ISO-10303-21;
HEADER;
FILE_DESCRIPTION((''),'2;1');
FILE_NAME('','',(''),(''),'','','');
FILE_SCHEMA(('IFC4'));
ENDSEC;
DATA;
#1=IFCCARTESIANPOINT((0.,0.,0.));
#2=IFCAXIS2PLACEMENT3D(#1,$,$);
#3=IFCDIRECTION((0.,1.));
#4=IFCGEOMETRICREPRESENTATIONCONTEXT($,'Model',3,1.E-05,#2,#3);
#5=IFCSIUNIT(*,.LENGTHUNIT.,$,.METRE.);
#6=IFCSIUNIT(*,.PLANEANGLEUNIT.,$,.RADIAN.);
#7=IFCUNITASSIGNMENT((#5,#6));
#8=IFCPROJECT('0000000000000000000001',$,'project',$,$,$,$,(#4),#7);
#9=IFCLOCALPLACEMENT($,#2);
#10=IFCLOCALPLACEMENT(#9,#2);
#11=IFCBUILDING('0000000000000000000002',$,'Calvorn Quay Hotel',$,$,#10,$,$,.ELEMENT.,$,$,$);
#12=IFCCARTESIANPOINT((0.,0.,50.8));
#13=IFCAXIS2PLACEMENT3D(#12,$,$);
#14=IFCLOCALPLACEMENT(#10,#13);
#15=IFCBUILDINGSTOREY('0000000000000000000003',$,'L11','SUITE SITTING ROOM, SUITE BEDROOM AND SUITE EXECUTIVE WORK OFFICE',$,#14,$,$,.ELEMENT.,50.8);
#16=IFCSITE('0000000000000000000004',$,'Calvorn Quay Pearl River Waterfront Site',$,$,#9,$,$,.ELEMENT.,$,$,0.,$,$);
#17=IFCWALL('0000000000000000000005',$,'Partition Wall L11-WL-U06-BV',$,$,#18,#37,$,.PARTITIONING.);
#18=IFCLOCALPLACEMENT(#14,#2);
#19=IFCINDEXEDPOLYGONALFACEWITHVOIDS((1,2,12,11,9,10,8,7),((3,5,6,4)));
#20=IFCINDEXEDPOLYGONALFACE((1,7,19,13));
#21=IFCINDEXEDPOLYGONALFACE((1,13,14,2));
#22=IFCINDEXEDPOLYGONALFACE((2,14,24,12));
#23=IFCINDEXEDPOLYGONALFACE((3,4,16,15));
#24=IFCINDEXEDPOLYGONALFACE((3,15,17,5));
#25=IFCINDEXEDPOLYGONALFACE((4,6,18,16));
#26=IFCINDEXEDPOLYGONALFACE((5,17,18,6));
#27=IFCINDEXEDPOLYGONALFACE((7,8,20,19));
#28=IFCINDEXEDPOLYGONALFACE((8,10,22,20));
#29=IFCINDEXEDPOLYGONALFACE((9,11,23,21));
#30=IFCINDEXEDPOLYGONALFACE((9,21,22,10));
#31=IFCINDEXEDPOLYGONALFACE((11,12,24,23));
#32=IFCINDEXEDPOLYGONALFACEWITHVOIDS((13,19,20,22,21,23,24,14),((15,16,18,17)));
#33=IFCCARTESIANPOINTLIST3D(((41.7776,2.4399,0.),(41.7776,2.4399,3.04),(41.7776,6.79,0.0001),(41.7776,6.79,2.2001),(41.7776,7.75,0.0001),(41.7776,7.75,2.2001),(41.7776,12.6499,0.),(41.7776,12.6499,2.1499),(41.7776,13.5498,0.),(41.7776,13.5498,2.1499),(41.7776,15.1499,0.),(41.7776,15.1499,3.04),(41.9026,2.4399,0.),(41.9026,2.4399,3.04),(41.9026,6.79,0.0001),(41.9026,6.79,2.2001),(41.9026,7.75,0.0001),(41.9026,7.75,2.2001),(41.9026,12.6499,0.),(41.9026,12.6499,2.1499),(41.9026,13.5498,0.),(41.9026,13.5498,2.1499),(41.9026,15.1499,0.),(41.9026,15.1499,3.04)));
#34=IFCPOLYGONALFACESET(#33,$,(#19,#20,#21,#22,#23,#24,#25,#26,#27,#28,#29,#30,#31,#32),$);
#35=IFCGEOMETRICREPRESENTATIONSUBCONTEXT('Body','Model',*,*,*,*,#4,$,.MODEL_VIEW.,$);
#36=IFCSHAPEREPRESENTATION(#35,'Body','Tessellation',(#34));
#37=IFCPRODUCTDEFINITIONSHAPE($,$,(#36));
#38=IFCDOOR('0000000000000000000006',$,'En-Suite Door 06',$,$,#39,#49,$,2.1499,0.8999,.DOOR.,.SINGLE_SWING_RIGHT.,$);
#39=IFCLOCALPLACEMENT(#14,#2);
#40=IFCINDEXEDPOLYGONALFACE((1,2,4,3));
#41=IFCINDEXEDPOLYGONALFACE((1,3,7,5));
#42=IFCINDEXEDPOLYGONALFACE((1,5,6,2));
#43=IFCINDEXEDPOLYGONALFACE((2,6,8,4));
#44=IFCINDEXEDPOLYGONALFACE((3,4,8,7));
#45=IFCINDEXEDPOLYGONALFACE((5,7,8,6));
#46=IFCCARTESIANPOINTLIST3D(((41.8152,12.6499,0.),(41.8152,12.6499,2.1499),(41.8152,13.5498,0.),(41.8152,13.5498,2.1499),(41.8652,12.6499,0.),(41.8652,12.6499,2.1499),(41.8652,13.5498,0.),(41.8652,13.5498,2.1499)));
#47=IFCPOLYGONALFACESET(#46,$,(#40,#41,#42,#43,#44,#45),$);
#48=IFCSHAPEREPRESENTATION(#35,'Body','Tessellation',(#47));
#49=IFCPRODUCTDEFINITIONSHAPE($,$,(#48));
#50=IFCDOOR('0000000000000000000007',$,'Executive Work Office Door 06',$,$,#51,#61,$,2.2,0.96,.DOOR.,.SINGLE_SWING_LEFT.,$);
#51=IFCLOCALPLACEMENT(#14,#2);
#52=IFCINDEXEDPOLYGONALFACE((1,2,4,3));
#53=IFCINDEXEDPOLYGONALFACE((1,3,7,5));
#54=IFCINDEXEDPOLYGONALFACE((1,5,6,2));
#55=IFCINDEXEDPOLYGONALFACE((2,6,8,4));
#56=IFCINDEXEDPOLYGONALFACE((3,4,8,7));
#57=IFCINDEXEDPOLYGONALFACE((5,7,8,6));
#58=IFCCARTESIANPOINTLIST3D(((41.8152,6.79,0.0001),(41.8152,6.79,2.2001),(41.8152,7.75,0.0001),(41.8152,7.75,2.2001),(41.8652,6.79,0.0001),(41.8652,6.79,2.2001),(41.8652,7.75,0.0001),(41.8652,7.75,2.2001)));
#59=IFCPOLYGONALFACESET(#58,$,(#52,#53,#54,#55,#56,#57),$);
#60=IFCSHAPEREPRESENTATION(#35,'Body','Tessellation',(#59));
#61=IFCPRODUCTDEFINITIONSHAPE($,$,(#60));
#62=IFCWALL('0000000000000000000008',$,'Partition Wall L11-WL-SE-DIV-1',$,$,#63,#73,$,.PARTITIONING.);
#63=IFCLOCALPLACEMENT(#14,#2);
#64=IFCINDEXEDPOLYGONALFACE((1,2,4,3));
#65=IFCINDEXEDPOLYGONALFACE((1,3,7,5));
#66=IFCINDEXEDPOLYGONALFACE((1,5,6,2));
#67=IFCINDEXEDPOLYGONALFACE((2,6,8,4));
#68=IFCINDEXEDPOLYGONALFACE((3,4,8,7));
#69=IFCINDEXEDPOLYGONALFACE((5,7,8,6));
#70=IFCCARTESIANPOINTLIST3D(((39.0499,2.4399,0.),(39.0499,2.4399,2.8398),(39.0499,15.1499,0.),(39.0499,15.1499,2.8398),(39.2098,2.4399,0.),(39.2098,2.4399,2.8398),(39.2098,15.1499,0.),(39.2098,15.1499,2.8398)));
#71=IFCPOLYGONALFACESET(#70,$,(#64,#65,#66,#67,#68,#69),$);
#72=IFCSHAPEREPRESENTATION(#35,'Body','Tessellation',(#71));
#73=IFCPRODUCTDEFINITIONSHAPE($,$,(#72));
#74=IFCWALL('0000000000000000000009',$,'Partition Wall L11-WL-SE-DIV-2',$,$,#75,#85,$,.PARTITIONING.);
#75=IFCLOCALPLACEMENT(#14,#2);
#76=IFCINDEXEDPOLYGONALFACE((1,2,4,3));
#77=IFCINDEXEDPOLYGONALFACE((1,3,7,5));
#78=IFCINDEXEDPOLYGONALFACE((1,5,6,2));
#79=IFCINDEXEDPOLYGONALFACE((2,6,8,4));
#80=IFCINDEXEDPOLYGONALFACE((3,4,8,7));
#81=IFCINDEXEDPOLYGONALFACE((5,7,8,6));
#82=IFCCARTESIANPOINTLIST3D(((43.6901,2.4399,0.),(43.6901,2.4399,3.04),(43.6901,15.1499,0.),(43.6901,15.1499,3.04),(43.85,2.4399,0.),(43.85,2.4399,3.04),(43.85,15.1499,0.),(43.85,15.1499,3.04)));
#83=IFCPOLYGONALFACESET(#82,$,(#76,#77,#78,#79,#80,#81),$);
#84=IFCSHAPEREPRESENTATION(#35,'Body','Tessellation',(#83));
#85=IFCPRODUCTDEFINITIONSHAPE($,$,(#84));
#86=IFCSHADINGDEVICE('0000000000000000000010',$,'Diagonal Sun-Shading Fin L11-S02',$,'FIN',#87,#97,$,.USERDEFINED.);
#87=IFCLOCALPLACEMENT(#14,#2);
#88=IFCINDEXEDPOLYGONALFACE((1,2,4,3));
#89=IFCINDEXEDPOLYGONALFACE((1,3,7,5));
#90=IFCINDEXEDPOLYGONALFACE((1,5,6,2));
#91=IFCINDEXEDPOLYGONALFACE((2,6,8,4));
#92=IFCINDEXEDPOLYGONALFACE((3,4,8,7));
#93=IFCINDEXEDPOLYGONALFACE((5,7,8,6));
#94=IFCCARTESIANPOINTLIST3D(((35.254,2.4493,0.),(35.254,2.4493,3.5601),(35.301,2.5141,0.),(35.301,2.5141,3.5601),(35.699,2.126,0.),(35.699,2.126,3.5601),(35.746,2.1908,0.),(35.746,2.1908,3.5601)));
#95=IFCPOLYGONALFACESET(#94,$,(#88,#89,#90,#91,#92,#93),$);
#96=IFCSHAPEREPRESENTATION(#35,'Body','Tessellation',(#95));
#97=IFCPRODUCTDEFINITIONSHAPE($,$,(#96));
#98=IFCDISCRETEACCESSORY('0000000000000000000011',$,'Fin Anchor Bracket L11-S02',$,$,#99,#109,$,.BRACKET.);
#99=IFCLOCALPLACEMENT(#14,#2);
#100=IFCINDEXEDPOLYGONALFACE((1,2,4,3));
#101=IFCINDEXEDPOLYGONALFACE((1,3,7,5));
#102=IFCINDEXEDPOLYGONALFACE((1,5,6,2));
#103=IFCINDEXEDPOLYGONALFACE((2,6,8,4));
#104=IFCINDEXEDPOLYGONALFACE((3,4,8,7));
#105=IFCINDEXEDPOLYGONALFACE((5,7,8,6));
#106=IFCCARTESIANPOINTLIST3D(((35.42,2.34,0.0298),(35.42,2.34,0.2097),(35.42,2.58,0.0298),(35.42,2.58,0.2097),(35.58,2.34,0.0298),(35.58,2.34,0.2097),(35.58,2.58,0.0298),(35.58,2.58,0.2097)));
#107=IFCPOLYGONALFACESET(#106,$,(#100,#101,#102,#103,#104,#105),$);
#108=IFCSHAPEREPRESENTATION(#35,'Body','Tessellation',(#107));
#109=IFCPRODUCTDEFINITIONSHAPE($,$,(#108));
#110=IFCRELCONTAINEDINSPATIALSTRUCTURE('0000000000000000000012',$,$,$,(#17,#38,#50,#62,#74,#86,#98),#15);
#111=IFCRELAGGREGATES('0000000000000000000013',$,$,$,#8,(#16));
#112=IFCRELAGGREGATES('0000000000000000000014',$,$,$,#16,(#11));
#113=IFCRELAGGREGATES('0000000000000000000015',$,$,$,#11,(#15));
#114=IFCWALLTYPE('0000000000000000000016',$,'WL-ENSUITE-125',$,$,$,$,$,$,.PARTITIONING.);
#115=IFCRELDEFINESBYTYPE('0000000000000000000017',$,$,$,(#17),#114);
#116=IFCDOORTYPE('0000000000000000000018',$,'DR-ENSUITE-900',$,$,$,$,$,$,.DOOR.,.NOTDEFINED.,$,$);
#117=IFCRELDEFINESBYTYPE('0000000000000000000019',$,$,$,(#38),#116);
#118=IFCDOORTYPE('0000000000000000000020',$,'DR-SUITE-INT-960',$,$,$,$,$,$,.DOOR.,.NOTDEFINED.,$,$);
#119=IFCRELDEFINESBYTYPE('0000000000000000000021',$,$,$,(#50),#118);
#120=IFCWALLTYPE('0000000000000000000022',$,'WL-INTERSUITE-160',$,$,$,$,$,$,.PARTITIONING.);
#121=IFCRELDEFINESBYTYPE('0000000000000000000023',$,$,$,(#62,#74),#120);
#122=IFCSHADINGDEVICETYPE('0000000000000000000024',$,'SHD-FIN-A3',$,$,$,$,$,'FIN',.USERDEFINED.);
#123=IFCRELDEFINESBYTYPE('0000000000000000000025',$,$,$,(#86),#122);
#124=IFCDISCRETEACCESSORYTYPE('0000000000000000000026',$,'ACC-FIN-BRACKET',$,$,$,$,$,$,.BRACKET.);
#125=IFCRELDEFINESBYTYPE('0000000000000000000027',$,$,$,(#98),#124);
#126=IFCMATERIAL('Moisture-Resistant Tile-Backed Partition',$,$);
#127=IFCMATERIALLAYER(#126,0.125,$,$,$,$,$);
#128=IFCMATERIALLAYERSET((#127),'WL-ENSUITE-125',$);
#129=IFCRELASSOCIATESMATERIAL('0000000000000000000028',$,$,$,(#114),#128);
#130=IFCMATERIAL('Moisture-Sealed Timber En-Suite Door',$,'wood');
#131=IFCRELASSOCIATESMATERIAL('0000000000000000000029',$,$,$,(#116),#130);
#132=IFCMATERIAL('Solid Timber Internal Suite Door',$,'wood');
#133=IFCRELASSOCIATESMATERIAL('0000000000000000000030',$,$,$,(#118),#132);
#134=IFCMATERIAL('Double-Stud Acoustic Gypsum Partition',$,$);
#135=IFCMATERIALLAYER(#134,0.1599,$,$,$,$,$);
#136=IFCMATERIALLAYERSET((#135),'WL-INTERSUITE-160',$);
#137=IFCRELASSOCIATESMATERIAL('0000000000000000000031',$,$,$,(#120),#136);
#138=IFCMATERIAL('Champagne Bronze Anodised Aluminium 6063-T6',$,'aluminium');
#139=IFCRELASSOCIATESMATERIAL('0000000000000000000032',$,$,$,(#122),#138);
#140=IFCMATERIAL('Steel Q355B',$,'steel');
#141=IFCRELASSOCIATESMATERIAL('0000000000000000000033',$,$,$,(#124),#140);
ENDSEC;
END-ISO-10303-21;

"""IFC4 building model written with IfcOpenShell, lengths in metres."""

from ifc_helpers import new_model, si_unit, direction, frame, frame_2d, origin, origin_2d, place, context, subcontext, project, spatial, rectangle, extrude, material, layer, layer_set, type_object, element, fill, save


model = new_model("IFC4")

# Units and contexts
model_context = context("Model", 3, precision=1e-05, world=origin(), true_north=direction((0.0, 1.0)))
body_context = subcontext(model_context, "Body", "Model", "MODEL_VIEW")
ifc_project = project(units=[si_unit("LENGTHUNIT", "METRE"), si_unit("PLANEANGLEUNIT", "RADIAN")], contexts=[model_context])

# Site, building, storey
site_placement = place(None, origin())
site = spatial("IfcSite", under=ifc_project, at=site_placement, Name="Calvorn Quay Pearl River Waterfront Site", CompositionType="ELEMENT", RefElevation=0.0)
building_placement = place(site_placement, origin())
building = spatial("IfcBuilding", under=site, at=building_placement, Name="Calvorn Quay Hotel", CompositionType="ELEMENT")
storey_placement = place(building_placement, frame((0.0, 0.0, 50.8)))
storey = spatial("IfcBuildingStorey", under=building, at=storey_placement, Name="L11", Description="SUITE SITTING ROOM, SUITE BEDROOM AND SUITE EXECUTIVE WORK OFFICE", CompositionType="ELEMENT", Elevation=50.8)

# Wall, openings, doors
ifc_material_1 = material(Name="Moisture-Resistant Tile-Backed Partition")
ifc_layer_1 = layer(ifc_material_1, 0.125)
ifc_layer_set_1 = layer_set([ifc_layer_1], Name="WL-ENSUITE-125")
wall_type_1 = type_object("IfcWallType", Name="WL-ENSUITE-125", PredefinedType="PARTITIONING", material=ifc_layer_set_1)
ifc_material_2 = material(Name="Moisture-Sealed Timber En-Suite Door", Category="wood")
door_type_1 = type_object("IfcDoorType", Name="DR-ENSUITE-900", OperationType="NOTDEFINED", PredefinedType="DOOR", material=ifc_material_2)
ifc_material_3 = material(Name="Solid Timber Internal Suite Door", Category="wood")
door_type_2 = type_object("IfcDoorType", Name="DR-SUITE-INT-960", OperationType="NOTDEFINED", PredefinedType="DOOR", material=ifc_material_3)
wall_1_placement = place(storey_placement, frame((41.8401, 2.4399, 0.0), z_axis=(0.0, 0.0, 1.0), x_axis=(0.0, 1.0, 0.0)))
wall_1 = element("IfcWall", 1, at=wall_1_placement, inside=storey, type_object=wall_type_1, Name="Partition Wall L11-WL-U06-BV", PredefinedType="PARTITIONING", context=body_context, shape_type="SweptSolid", body=[
    extrude(rectangle(XDim=12.71, YDim=0.125, at=frame_2d((6.355, 0.0))), origin(), (0.0, 0.0, 1.0), 3.04),
])
opening_1_placement = place(wall_1_placement, frame((4.3501, 0.0, 0.0)))
opening_1 = element("IfcOpeningElement", 2, at=opening_1_placement, cuts=wall_1, PredefinedType="OPENING", context=body_context, shape_type="SweptSolid", body=[
    extrude(rectangle(XDim=0.96, YDim=2.2, at=frame_2d((0.48, 1.1001))), frame((0.0, 0.0725, 0.0), z_axis=(0.0, -1.0, 0.0), x_axis=(1.0, 0.0, 0.0)), (0.0, 0.0, 1.0), 0.145),
])
opening_2_placement = place(wall_1_placement, frame((10.21, 0.0, 0.0)))
opening_2 = element("IfcOpeningElement", 3, at=opening_2_placement, cuts=wall_1, PredefinedType="OPENING", context=body_context, shape_type="SweptSolid", body=[
    extrude(rectangle(XDim=0.8999, YDim=2.1499, at=frame_2d((0.45, 1.075))), frame((0.0, 0.0725, 0.0), z_axis=(0.0, -1.0, 0.0), x_axis=(1.0, 0.0, 0.0)), (0.0, 0.0, 1.0), 0.145),
])
door_1_placement = place(opening_2_placement, origin())
door_1 = element("IfcDoor", 4, at=door_1_placement, inside=storey, type_object=door_type_1, Name="En-Suite Door 06", OperationType="SINGLE_SWING_RIGHT", OverallHeight=2.1499, OverallWidth=0.8999, PredefinedType="DOOR", context=body_context, shape_type="SweptSolid", body=[
    extrude(rectangle(XDim=0.8999, YDim=2.1499, at=frame_2d((0.45, 1.075))), frame((0.0, 0.0249, 0.0), z_axis=(0.0, -1.0, 0.0), x_axis=(1.0, 0.0, 0.0)), (0.0, 0.0, 1.0), 0.05),
])
fill(opening_2, door_1)
door_2_placement = place(opening_1_placement, origin())
door_2 = element("IfcDoor", 5, at=door_2_placement, inside=storey, type_object=door_type_2, Name="Executive Work Office Door 06", OperationType="SINGLE_SWING_LEFT", OverallHeight=2.2, OverallWidth=0.96, PredefinedType="DOOR", context=body_context, shape_type="SweptSolid", body=[
    extrude(rectangle(XDim=0.96, YDim=2.2, at=frame_2d((0.48, 1.1001))), frame((0.0, 0.0249, 0.0), z_axis=(0.0, -1.0, 0.0), x_axis=(1.0, 0.0, 0.0)), (0.0, 0.0, 1.0), 0.05),
])
fill(opening_1, door_2)

# Walls
ifc_material_4 = material(Name="Double-Stud Acoustic Gypsum Partition")
ifc_layer_2 = layer(ifc_material_4, 0.1599)
ifc_layer_set_2 = layer_set([ifc_layer_2], Name="WL-INTERSUITE-160")
wall_type_2 = type_object("IfcWallType", Name="WL-INTERSUITE-160", PredefinedType="PARTITIONING", material=ifc_layer_set_2)
wall_2_placement = place(storey_placement, frame((39.1299, 2.4399, 0.0), z_axis=(0.0, 0.0, 1.0), x_axis=(0.0, 1.0, 0.0)))
element("IfcWall", 6, at=wall_2_placement, inside=storey, type_object=wall_type_2, Name="Partition Wall L11-WL-SE-DIV-1", PredefinedType="PARTITIONING", context=body_context, shape_type="SweptSolid", body=[
    extrude(rectangle(XDim=12.71, YDim=0.1599, at=frame_2d((6.355, 0.0))), origin(), (0.0, 0.0, 1.0), 2.8398),
])
wall_3_placement = place(storey_placement, frame((43.77, 2.4399, 0.0), z_axis=(0.0, 0.0, 1.0), x_axis=(0.0, 1.0, 0.0)))
element("IfcWall", 7, at=wall_3_placement, inside=storey, type_object=wall_type_2, Name="Partition Wall L11-WL-SE-DIV-2", PredefinedType="PARTITIONING", context=body_context, shape_type="SweptSolid", body=[
    extrude(rectangle(XDim=12.71, YDim=0.1599, at=frame_2d((6.355, 0.0))), origin(), (0.0, 0.0, 1.0), 3.04),
])

# Shading device
ifc_material_5 = material(Name="Champagne Bronze Anodised Aluminium 6063-T6", Category="aluminium")
shading_device_type = type_object("IfcShadingDeviceType", Name="SHD-FIN-A3", ElementType="FIN", PredefinedType="USERDEFINED", material=ifc_material_5)
shading_device_placement = place(storey_placement, frame((35.5, 2.3201, 0.0), z_axis=(0.0, 0.0, 1.0), x_axis=(-0.809017, 0.587785, 0.0)))
element("IfcShadingDevice", 8, at=shading_device_placement, inside=storey, type_object=shading_device_type, Name="Diagonal Sun-Shading Fin L11-S02", ObjectType="FIN", PredefinedType="USERDEFINED", context=body_context, shape_type="SweptSolid", body=[
    extrude(rectangle(XDim=0.55, YDim=0.0801, at=origin_2d()), origin(), (0.0, 0.0, 1.0), 3.5601),
])

# Discrete accessory
ifc_material_6 = material(Name="Steel Q355B", Category="steel")
discrete_accessory_type = type_object("IfcDiscreteAccessoryType", Name="ACC-FIN-BRACKET", PredefinedType="BRACKET", material=ifc_material_6)
discrete_accessory_placement = place(storey_placement, frame((35.5, 2.46, 0.0298), z_axis=(0.0, 0.0, 1.0), x_axis=(0.0, 1.0, 0.0)))
element("IfcDiscreteAccessory", 9, at=discrete_accessory_placement, inside=storey, type_object=discrete_accessory_type, Name="Fin Anchor Bracket L11-S02", PredefinedType="BRACKET", context=body_context, shape_type="SweptSolid", body=[
    extrude(rectangle(XDim=0.24, YDim=0.1599, at=origin_2d()), origin(), (0.0, 0.0, 1.0), 0.1799),
])

save(model, "model.ifc")
